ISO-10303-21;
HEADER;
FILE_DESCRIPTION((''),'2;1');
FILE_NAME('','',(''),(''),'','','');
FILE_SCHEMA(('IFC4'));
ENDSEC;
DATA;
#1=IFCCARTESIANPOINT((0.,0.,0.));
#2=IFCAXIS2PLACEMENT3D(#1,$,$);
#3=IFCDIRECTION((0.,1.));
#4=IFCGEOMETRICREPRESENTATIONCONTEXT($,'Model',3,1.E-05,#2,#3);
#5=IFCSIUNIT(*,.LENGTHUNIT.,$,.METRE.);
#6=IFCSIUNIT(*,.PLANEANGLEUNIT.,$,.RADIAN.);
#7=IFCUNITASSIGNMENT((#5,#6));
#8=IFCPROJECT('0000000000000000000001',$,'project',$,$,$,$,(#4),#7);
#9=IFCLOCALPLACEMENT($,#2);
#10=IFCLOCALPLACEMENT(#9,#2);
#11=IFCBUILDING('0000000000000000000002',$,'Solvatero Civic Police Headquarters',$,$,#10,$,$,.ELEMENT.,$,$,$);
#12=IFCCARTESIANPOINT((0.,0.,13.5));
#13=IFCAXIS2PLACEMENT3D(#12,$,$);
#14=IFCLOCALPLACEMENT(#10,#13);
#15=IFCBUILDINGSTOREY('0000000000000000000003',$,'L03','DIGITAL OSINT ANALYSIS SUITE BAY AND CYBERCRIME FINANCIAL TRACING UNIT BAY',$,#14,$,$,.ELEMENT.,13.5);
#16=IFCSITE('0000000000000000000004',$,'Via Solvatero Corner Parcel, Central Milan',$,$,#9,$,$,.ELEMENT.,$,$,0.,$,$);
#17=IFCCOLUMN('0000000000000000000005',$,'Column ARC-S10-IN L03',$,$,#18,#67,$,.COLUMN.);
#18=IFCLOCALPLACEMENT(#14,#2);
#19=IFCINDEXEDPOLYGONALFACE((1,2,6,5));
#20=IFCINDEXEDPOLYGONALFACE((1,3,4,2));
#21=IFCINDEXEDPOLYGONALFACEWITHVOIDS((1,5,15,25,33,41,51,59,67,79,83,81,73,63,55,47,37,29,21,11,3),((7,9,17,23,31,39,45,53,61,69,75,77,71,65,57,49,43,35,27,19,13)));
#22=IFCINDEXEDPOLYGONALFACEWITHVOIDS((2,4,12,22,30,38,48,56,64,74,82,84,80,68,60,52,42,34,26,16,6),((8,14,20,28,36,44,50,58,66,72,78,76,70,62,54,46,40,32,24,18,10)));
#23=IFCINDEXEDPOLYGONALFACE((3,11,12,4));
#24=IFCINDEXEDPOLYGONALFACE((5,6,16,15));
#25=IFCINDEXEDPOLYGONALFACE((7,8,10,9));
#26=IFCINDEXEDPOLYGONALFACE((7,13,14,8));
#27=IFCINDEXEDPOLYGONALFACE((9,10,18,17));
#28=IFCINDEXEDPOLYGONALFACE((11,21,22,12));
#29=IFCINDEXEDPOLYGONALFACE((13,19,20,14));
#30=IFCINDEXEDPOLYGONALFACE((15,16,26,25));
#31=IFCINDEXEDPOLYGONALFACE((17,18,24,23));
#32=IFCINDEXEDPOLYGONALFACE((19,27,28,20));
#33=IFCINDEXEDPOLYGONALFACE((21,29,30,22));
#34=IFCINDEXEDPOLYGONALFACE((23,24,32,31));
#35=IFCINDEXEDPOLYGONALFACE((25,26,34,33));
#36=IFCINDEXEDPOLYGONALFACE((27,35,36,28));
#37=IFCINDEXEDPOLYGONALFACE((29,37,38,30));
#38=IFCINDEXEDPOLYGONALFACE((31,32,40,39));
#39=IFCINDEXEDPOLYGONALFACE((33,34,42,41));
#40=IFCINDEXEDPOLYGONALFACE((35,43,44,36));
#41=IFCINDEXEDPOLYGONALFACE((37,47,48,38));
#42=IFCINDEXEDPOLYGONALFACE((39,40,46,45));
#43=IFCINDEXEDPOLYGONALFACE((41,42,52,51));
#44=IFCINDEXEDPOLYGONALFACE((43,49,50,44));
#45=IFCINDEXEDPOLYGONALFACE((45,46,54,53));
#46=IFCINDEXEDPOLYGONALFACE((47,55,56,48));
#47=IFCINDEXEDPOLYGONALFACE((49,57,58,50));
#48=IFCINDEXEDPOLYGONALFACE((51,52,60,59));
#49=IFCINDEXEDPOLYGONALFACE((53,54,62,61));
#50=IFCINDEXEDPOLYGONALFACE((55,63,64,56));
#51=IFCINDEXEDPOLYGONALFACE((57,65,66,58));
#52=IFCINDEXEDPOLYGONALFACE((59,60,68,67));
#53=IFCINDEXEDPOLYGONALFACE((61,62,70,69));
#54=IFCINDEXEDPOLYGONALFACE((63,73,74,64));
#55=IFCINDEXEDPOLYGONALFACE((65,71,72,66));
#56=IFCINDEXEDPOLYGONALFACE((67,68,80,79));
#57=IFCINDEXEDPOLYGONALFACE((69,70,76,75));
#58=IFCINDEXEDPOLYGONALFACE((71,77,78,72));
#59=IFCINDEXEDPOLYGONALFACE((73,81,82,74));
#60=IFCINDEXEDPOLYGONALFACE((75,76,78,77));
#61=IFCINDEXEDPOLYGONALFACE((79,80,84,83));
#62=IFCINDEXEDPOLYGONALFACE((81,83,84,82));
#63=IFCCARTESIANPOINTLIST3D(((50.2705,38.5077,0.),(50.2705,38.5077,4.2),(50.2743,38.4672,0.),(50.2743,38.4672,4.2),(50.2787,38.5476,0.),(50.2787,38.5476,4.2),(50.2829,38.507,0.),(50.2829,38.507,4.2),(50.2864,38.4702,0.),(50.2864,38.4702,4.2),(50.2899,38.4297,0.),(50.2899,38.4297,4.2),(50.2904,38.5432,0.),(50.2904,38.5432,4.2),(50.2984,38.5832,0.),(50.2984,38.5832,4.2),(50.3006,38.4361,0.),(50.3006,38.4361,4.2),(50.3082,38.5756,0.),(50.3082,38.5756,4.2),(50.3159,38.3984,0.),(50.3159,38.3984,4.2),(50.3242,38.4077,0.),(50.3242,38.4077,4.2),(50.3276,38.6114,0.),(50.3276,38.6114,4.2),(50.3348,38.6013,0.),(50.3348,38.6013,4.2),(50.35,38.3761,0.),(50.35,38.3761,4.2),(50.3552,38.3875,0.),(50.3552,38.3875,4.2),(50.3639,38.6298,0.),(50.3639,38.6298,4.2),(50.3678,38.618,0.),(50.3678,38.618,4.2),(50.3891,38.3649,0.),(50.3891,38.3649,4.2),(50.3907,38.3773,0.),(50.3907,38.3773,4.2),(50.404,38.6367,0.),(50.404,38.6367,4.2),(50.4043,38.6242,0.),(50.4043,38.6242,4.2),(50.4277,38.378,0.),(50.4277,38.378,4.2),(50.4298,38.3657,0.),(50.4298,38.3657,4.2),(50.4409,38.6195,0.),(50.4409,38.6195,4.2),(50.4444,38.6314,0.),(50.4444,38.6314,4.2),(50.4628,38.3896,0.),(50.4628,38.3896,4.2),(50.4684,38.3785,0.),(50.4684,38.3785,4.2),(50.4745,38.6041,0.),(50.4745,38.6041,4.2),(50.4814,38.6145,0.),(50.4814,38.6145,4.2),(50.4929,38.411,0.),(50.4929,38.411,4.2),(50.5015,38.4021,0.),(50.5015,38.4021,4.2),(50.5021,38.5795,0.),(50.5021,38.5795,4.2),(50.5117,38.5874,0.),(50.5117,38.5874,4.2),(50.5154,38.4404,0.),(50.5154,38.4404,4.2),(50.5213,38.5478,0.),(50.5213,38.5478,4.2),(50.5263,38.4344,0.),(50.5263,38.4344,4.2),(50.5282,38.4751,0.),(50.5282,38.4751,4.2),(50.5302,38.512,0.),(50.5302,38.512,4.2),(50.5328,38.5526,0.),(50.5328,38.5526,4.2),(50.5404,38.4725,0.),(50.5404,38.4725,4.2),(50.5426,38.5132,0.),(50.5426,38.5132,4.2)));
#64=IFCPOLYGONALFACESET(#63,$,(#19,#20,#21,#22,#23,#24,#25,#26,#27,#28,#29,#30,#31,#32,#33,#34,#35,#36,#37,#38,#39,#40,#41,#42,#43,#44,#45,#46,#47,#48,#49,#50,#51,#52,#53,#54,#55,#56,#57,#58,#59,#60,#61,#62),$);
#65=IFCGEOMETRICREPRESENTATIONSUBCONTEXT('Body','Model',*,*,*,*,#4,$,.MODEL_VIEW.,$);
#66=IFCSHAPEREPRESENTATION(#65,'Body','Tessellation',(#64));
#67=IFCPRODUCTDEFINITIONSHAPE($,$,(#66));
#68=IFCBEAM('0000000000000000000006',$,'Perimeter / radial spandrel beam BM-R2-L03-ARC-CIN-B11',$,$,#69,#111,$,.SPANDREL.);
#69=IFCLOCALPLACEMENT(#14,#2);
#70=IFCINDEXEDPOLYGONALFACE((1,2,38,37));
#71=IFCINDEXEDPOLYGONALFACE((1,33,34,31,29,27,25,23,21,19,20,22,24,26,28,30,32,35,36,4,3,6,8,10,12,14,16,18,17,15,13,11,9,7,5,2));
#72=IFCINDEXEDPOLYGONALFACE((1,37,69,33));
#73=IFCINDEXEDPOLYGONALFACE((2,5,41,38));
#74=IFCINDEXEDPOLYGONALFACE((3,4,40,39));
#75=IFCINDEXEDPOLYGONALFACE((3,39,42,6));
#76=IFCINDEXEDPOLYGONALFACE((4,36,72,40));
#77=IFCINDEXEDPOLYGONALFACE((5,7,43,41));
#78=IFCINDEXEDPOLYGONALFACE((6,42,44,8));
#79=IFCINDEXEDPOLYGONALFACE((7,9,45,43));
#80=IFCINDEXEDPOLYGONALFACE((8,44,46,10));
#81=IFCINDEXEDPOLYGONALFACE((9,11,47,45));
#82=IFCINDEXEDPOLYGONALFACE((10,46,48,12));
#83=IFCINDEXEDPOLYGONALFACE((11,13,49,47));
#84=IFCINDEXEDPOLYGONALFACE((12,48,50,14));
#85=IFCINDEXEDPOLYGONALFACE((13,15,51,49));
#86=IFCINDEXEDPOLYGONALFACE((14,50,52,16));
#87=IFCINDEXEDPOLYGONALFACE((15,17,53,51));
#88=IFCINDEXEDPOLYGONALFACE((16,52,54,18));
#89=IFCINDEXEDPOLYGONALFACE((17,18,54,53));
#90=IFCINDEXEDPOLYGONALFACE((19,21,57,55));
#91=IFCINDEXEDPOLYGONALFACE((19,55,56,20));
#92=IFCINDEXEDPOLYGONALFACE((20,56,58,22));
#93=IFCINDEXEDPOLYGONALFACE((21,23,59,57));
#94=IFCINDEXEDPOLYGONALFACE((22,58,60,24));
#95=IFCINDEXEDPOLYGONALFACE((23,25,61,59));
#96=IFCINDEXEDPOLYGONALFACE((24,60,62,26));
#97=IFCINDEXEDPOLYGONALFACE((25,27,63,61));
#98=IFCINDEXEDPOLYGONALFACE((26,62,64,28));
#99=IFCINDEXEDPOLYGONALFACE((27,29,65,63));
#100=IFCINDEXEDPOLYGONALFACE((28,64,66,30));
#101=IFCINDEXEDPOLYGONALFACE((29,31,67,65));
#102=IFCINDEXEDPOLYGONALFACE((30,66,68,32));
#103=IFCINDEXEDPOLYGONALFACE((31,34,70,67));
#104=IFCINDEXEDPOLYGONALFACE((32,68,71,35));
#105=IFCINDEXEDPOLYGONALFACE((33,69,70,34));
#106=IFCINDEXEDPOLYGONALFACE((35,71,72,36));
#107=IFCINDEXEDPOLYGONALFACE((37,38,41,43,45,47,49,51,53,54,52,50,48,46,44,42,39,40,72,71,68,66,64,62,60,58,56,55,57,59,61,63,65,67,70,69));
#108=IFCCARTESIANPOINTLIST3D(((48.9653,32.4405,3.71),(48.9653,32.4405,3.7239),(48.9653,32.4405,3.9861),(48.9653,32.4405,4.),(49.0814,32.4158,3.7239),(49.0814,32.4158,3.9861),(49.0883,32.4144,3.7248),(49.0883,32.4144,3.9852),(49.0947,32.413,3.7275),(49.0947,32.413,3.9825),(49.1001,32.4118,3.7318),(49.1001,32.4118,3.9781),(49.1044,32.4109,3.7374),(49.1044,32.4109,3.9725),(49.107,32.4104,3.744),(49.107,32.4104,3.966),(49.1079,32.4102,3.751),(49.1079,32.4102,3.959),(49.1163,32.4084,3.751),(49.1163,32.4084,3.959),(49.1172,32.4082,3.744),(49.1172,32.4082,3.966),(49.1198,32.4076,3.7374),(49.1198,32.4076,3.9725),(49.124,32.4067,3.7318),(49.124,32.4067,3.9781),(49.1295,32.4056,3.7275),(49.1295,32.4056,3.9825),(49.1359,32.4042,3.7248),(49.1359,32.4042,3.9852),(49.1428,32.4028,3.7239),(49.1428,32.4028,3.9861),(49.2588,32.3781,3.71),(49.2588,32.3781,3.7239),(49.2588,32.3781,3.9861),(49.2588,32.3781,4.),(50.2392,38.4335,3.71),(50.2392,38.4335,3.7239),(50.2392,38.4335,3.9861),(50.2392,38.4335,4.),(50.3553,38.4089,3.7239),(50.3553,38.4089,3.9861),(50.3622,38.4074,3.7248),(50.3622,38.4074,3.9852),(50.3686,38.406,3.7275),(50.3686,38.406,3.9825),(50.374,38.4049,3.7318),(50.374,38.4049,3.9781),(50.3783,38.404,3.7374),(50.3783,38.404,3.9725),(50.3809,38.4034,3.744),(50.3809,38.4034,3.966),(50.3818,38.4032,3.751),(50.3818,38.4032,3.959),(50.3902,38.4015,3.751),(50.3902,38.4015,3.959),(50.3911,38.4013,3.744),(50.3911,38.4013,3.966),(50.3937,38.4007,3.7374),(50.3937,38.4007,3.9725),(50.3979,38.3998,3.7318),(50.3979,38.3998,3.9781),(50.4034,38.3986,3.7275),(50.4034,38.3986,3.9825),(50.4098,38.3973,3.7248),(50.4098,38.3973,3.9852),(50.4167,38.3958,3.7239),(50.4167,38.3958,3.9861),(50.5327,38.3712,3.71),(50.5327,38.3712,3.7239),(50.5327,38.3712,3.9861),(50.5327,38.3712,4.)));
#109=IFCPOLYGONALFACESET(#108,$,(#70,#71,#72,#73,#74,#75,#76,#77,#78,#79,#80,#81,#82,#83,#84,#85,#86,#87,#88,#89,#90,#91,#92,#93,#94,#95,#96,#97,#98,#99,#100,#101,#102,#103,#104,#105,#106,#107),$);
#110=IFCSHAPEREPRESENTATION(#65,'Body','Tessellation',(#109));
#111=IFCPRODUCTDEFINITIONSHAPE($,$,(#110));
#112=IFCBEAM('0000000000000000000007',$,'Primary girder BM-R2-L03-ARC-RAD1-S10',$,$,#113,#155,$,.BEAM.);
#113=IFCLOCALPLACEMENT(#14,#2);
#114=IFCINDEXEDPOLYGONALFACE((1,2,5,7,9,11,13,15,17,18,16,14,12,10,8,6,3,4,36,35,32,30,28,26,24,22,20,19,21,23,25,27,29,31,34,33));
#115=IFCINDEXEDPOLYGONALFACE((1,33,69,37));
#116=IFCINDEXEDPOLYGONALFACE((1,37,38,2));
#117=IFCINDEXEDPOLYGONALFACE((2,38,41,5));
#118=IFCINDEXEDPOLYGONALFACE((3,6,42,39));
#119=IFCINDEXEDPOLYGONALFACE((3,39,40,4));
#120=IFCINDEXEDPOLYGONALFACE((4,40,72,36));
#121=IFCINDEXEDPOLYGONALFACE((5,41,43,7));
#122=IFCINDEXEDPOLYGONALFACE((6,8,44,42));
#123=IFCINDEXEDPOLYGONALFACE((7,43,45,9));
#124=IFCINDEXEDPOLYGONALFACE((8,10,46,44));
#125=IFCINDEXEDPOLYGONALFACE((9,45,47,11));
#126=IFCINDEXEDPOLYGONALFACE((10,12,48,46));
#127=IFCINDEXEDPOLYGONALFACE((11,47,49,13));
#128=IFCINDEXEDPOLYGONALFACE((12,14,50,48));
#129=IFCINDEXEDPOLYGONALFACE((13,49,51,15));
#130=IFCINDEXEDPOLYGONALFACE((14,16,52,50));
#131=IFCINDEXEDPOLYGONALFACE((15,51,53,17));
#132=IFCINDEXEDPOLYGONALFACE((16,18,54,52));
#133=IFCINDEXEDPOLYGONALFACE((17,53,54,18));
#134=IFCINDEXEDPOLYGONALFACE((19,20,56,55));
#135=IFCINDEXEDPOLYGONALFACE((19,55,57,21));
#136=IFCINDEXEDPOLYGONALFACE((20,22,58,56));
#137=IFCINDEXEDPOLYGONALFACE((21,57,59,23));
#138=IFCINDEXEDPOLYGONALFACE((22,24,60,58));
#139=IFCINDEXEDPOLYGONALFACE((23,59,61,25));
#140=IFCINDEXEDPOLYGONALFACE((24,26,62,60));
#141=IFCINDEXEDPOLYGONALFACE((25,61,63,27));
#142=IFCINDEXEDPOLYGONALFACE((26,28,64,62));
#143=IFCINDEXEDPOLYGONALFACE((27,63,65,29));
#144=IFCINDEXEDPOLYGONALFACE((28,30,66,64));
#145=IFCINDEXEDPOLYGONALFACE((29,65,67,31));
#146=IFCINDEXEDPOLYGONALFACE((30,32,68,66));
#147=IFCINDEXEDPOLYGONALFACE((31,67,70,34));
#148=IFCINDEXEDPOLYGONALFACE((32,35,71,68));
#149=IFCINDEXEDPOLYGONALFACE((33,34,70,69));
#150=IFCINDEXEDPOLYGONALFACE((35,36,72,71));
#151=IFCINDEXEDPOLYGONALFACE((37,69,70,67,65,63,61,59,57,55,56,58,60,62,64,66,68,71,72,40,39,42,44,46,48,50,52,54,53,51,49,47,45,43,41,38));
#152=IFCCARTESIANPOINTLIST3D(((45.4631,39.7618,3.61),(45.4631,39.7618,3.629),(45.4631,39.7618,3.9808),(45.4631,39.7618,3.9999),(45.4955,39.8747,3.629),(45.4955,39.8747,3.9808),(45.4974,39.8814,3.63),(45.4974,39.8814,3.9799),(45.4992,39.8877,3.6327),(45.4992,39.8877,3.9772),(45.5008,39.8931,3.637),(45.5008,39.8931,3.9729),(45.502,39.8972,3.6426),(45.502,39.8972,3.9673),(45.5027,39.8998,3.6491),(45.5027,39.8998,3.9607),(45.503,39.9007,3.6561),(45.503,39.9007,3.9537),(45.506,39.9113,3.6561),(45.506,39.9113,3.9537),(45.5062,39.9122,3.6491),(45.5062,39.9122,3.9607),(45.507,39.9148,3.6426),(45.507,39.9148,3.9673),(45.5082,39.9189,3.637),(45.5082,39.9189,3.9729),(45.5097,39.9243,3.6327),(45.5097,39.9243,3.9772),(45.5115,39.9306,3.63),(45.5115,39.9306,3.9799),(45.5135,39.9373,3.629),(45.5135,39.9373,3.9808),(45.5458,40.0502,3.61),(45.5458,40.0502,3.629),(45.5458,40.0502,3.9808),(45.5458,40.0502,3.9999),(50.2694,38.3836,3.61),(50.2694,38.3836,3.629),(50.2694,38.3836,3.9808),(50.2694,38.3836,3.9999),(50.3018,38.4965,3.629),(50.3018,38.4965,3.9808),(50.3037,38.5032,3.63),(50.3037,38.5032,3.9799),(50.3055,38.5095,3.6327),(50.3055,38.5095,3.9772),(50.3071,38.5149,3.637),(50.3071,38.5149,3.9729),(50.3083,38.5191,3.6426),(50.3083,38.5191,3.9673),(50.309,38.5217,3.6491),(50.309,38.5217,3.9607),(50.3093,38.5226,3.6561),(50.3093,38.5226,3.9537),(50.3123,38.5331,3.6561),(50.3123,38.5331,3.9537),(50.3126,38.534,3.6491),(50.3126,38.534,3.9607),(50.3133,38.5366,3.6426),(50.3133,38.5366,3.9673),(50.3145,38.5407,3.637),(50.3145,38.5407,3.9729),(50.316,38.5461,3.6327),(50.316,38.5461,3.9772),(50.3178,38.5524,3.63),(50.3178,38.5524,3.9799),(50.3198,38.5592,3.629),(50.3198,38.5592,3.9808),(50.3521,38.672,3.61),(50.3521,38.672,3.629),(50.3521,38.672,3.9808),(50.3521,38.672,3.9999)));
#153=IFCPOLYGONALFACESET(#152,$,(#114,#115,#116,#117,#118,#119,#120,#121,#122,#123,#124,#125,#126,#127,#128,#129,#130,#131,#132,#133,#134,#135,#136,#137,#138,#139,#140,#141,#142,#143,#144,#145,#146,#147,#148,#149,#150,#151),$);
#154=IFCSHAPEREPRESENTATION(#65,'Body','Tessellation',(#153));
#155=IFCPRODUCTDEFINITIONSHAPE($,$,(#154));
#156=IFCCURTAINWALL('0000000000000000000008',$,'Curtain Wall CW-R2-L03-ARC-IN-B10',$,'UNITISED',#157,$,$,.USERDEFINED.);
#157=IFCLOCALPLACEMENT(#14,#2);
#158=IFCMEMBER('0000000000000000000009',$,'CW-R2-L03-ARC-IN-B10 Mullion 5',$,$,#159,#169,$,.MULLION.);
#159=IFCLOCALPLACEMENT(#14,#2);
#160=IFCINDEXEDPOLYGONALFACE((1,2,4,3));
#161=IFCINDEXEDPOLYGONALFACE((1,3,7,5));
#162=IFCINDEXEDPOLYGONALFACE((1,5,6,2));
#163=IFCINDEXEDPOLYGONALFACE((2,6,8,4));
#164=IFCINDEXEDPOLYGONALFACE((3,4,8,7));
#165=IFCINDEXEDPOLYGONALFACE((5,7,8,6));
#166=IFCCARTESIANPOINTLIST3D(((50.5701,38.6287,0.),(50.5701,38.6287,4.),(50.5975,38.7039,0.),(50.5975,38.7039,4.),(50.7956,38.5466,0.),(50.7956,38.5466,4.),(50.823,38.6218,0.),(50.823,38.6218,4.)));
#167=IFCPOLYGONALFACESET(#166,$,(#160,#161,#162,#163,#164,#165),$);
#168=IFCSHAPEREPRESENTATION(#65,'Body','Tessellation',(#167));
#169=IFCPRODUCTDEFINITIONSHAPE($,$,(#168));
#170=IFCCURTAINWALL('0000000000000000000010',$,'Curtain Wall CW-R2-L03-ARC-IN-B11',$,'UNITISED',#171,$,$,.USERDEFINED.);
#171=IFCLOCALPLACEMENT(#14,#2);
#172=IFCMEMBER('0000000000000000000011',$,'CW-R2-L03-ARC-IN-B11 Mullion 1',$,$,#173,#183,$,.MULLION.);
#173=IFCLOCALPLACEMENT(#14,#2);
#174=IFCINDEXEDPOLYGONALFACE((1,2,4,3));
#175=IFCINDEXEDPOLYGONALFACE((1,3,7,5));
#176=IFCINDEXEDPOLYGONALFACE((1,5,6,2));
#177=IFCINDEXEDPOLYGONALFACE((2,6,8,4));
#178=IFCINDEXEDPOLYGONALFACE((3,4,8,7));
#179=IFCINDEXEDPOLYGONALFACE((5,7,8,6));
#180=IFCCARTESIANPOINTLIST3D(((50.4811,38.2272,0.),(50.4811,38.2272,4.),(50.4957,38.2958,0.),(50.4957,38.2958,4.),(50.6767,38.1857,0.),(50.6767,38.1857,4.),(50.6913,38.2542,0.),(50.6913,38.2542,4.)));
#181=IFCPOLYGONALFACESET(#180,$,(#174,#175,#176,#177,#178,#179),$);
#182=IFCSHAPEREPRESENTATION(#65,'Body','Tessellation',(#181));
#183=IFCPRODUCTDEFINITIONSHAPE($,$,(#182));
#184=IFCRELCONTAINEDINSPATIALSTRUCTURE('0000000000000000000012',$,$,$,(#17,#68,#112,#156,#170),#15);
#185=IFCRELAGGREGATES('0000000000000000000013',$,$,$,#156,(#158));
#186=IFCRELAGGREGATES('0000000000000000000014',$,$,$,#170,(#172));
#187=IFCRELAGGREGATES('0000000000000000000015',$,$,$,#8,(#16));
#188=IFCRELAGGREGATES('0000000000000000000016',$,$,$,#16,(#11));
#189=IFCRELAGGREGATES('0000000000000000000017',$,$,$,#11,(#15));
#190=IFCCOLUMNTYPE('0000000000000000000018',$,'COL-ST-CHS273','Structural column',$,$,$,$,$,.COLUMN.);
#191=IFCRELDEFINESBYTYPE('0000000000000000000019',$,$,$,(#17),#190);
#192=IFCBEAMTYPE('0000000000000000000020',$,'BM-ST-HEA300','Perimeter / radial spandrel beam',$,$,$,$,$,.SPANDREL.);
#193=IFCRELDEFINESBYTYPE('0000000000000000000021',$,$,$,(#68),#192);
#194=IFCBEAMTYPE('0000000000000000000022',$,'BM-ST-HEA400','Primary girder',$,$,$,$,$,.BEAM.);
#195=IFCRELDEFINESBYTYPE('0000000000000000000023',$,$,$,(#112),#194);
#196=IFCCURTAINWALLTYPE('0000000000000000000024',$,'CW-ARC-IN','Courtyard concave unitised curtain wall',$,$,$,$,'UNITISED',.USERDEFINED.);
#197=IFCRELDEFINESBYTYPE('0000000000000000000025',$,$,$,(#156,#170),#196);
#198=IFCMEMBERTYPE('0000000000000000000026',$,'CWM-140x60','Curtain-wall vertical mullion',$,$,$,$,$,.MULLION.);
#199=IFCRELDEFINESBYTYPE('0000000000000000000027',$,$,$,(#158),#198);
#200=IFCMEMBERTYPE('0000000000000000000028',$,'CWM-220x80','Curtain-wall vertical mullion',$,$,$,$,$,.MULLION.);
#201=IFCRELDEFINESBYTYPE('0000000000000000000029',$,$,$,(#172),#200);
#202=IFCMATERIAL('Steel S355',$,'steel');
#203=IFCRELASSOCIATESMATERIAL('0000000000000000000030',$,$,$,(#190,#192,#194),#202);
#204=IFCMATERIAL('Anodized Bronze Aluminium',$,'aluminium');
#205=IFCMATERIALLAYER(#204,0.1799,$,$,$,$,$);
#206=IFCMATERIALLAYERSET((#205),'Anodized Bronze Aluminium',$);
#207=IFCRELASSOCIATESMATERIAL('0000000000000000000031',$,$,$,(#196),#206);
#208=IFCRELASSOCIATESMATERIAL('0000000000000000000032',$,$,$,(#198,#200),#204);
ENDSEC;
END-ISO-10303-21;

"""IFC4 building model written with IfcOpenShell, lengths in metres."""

from ifc_helpers import new_model, si_unit, direction, frame, origin, origin_2d, place, context, subcontext, project, spatial, rectangle, hollow_circle, i_section, extrude, material, layer, layer_set, material_profile, profile_set, type_object, element, aggregate, save


model = new_model("IFC4")

# Units and contexts
model_context = context("Model", 3, precision=1e-05, world=origin(), true_north=direction((0.0, 1.0)))
body_context = subcontext(model_context, "Body", "Model", "MODEL_VIEW")
ifc_project = project(units=[si_unit("LENGTHUNIT", "METRE"), si_unit("PLANEANGLEUNIT", "RADIAN")], contexts=[model_context])

# Site, building, storey
site_placement = place(None, origin())
site = spatial("IfcSite", under=ifc_project, at=site_placement, Name="Via Solvatero Corner Parcel, Central Milan", CompositionType="ELEMENT", RefElevation=0.0)
building_placement = place(site_placement, origin())
building = spatial("IfcBuilding", under=site, at=building_placement, Name="Solvatero Civic Police Headquarters", CompositionType="ELEMENT")
storey_placement = place(building_placement, frame((0.0, 0.0, 13.5)))
storey = spatial("IfcBuildingStorey", under=building, at=storey_placement, Name="L03", Description="DIGITAL OSINT ANALYSIS SUITE BAY AND CYBERCRIME FINANCIAL TRACING UNIT BAY", CompositionType="ELEMENT", Elevation=13.5)

# Column
ifc_material_1 = material(Name="Steel S355", Category="steel")
ifc_material_profile_1 = material_profile(ifc_material_1, hollow_circle(Radius=0.1365, WallThickness=0.0125, at=origin_2d()), Name="CHS 273.0x12.5")
ifc_profile_set_1 = profile_set([ifc_material_profile_1], Name="Steel S355")
column_type = type_object("IfcColumnType", Name="COL-ST-CHS273", Description="Structural column", PredefinedType="COLUMN", material=ifc_profile_set_1)
column_placement = place(storey_placement, frame((50.4067, 38.5002, 0.0), z_axis=(0.0, 0.0, 1.0), x_axis=(0.275637, 0.961262, 0.0)))
element("IfcColumn", 1, at=column_placement, inside=storey, type_object=column_type, Name="Column ARC-S10-IN L03", PredefinedType="COLUMN", context=body_context, shape_type="SweptSolid", body=[
    extrude(hollow_circle(Radius=0.1365, WallThickness=0.0125, at=origin_2d()), origin(), (0.0, 0.0, 1.0), 4.2),
])

# Beams
ifc_material_profile_2 = material_profile(ifc_material_1, i_section(OverallWidth=0.3, OverallDepth=0.29, WebThickness=0.0085, FlangeThickness=0.0139, FilletRadius=0.0271, at=origin_2d()), Name="HEA 300")
ifc_profile_set_2 = profile_set([ifc_material_profile_2], Name="Steel S355")
beam_type_1 = type_object("IfcBeamType", Name="BM-ST-HEA300", Description="Perimeter / radial spandrel beam", PredefinedType="SPANDREL", material=ifc_profile_set_2)
beam_1_placement = place(storey_placement, frame((50.386, 38.4023, 3.855), z_axis=(-0.207918, -0.978146, 0.0), x_axis=(0.978146, -0.207918, 0.0)))
element("IfcBeam", 2, at=beam_1_placement, inside=storey, type_object=beam_type_1, Name="Perimeter / radial spandrel beam BM-R2-L03-ARC-CIN-B11", PredefinedType="SPANDREL", context=body_context, shape_type="SweptSolid", body=[
    extrude(i_section(OverallWidth=0.3, OverallDepth=0.29, WebThickness=0.0085, FlangeThickness=0.0139, FilletRadius=0.0271, at=origin_2d()), origin(), (0.0, 0.0, 1.0), 6.127),
])
ifc_material_profile_3 = material_profile(ifc_material_1, i_section(OverallWidth=0.3, OverallDepth=0.3899, WebThickness=0.011, FlangeThickness=0.019, FilletRadius=0.0271, at=origin_2d()), Name="HEA 400")
ifc_profile_set_3 = profile_set([ifc_material_profile_3], Name="Steel S355")
beam_type_2 = type_object("IfcBeamType", Name="BM-ST-HEA400", Description="Primary girder", PredefinedType="BEAM", material=ifc_profile_set_3)
beam_2_placement = place(storey_placement, frame((50.3108, 38.5278, 3.8049), z_axis=(-0.961264, 0.27563, 0.0), x_axis=(-0.27563, -0.961264, 0.0)))
element("IfcBeam", 3, at=beam_2_placement, inside=storey, type_object=beam_type_2, Name="Primary girder BM-R2-L03-ARC-RAD1-S10", PredefinedType="BEAM", context=body_context, shape_type="SweptSolid", body=[
    extrude(i_section(OverallWidth=0.3, OverallDepth=0.3899, WebThickness=0.011, FlangeThickness=0.019, FilletRadius=0.0271, at=origin_2d()), origin(), (0.0, 0.0, 1.0), 5.0),
])

# Curtain wall, member
ifc_material_2 = material(Name="Anodized Bronze Aluminium", Category="aluminium")
ifc_layer_1 = layer(ifc_material_2, 0.1799)
ifc_layer_set_1 = layer_set([ifc_layer_1], Name="Anodized Bronze Aluminium")
curtain_wall_type = type_object("IfcCurtainWallType", Name="CW-ARC-IN", Description="Courtyard concave unitised curtain wall", ElementType="UNITISED", PredefinedType="USERDEFINED", material=ifc_layer_set_1)
curtain_wall_1_placement = place(storey_placement, origin())
curtain_wall_1 = element("IfcCurtainWall", 4, at=curtain_wall_1_placement, inside=storey, type_object=curtain_wall_type, Name="Curtain Wall CW-R2-L03-ARC-IN-B10", ObjectType="UNITISED", PredefinedType="USERDEFINED")
ifc_material_profile_4 = material_profile(ifc_material_2, rectangle(XDim=0.0801, YDim=0.24, at=origin_2d()), Name="ALU MULLION 80x240")
ifc_profile_set_4 = profile_set([ifc_material_profile_4], Name="Anodized Bronze Aluminium")
member_type_1 = type_object("IfcMemberType", Name="CWM-140x60", Description="Curtain-wall vertical mullion", PredefinedType="MULLION", material=ifc_profile_set_4)
member_1_placement = place(storey_placement, frame((50.6965, 38.6252, 0.0), z_axis=(0.0, 0.0, 1.0), x_axis=(-0.34202, -0.939693, 0.0)))
member_1 = element("IfcMember", 5, at=member_1_placement, type_object=member_type_1, Name="CW-R2-L03-ARC-IN-B10 Mullion 5", PredefinedType="MULLION", context=body_context, shape_type="SweptSolid", body=[
    extrude(rectangle(XDim=0.0801, YDim=0.24, at=origin_2d()), origin(), (0.0, 0.0, 1.0), 4.0),
])

# Curtain wall, member
curtain_wall_2_placement = place(storey_placement, origin())
curtain_wall_2 = element("IfcCurtainWall", 6, at=curtain_wall_2_placement, inside=storey, type_object=curtain_wall_type, Name="Curtain Wall CW-R2-L03-ARC-IN-B11", ObjectType="UNITISED", PredefinedType="USERDEFINED")
ifc_material_profile_5 = material_profile(ifc_material_2, rectangle(XDim=0.0701, YDim=0.2, at=origin_2d()), Name="ALU MULLION 70x200")
ifc_profile_set_5 = profile_set([ifc_material_profile_5], Name="Anodized Bronze Aluminium")
member_type_2 = type_object("IfcMemberType", Name="CWM-220x80", Description="Curtain-wall vertical mullion", PredefinedType="MULLION", material=ifc_profile_set_5)
member_2_placement = place(storey_placement, frame((50.5862, 38.2407, 0.0), z_axis=(0.0, 0.0, 1.0), x_axis=(-0.207912, -0.978148, 0.0)))
member_2 = element("IfcMember", 7, at=member_2_placement, type_object=member_type_2, Name="CW-R2-L03-ARC-IN-B11 Mullion 1", PredefinedType="MULLION", context=body_context, shape_type="SweptSolid", body=[
    extrude(rectangle(XDim=0.0701, YDim=0.2, at=origin_2d()), origin(), (0.0, 0.0, 1.0), 4.0),
])

aggregate(curtain_wall_1, [member_1])
aggregate(curtain_wall_2, [member_2])

save(model, "model.ifc")
